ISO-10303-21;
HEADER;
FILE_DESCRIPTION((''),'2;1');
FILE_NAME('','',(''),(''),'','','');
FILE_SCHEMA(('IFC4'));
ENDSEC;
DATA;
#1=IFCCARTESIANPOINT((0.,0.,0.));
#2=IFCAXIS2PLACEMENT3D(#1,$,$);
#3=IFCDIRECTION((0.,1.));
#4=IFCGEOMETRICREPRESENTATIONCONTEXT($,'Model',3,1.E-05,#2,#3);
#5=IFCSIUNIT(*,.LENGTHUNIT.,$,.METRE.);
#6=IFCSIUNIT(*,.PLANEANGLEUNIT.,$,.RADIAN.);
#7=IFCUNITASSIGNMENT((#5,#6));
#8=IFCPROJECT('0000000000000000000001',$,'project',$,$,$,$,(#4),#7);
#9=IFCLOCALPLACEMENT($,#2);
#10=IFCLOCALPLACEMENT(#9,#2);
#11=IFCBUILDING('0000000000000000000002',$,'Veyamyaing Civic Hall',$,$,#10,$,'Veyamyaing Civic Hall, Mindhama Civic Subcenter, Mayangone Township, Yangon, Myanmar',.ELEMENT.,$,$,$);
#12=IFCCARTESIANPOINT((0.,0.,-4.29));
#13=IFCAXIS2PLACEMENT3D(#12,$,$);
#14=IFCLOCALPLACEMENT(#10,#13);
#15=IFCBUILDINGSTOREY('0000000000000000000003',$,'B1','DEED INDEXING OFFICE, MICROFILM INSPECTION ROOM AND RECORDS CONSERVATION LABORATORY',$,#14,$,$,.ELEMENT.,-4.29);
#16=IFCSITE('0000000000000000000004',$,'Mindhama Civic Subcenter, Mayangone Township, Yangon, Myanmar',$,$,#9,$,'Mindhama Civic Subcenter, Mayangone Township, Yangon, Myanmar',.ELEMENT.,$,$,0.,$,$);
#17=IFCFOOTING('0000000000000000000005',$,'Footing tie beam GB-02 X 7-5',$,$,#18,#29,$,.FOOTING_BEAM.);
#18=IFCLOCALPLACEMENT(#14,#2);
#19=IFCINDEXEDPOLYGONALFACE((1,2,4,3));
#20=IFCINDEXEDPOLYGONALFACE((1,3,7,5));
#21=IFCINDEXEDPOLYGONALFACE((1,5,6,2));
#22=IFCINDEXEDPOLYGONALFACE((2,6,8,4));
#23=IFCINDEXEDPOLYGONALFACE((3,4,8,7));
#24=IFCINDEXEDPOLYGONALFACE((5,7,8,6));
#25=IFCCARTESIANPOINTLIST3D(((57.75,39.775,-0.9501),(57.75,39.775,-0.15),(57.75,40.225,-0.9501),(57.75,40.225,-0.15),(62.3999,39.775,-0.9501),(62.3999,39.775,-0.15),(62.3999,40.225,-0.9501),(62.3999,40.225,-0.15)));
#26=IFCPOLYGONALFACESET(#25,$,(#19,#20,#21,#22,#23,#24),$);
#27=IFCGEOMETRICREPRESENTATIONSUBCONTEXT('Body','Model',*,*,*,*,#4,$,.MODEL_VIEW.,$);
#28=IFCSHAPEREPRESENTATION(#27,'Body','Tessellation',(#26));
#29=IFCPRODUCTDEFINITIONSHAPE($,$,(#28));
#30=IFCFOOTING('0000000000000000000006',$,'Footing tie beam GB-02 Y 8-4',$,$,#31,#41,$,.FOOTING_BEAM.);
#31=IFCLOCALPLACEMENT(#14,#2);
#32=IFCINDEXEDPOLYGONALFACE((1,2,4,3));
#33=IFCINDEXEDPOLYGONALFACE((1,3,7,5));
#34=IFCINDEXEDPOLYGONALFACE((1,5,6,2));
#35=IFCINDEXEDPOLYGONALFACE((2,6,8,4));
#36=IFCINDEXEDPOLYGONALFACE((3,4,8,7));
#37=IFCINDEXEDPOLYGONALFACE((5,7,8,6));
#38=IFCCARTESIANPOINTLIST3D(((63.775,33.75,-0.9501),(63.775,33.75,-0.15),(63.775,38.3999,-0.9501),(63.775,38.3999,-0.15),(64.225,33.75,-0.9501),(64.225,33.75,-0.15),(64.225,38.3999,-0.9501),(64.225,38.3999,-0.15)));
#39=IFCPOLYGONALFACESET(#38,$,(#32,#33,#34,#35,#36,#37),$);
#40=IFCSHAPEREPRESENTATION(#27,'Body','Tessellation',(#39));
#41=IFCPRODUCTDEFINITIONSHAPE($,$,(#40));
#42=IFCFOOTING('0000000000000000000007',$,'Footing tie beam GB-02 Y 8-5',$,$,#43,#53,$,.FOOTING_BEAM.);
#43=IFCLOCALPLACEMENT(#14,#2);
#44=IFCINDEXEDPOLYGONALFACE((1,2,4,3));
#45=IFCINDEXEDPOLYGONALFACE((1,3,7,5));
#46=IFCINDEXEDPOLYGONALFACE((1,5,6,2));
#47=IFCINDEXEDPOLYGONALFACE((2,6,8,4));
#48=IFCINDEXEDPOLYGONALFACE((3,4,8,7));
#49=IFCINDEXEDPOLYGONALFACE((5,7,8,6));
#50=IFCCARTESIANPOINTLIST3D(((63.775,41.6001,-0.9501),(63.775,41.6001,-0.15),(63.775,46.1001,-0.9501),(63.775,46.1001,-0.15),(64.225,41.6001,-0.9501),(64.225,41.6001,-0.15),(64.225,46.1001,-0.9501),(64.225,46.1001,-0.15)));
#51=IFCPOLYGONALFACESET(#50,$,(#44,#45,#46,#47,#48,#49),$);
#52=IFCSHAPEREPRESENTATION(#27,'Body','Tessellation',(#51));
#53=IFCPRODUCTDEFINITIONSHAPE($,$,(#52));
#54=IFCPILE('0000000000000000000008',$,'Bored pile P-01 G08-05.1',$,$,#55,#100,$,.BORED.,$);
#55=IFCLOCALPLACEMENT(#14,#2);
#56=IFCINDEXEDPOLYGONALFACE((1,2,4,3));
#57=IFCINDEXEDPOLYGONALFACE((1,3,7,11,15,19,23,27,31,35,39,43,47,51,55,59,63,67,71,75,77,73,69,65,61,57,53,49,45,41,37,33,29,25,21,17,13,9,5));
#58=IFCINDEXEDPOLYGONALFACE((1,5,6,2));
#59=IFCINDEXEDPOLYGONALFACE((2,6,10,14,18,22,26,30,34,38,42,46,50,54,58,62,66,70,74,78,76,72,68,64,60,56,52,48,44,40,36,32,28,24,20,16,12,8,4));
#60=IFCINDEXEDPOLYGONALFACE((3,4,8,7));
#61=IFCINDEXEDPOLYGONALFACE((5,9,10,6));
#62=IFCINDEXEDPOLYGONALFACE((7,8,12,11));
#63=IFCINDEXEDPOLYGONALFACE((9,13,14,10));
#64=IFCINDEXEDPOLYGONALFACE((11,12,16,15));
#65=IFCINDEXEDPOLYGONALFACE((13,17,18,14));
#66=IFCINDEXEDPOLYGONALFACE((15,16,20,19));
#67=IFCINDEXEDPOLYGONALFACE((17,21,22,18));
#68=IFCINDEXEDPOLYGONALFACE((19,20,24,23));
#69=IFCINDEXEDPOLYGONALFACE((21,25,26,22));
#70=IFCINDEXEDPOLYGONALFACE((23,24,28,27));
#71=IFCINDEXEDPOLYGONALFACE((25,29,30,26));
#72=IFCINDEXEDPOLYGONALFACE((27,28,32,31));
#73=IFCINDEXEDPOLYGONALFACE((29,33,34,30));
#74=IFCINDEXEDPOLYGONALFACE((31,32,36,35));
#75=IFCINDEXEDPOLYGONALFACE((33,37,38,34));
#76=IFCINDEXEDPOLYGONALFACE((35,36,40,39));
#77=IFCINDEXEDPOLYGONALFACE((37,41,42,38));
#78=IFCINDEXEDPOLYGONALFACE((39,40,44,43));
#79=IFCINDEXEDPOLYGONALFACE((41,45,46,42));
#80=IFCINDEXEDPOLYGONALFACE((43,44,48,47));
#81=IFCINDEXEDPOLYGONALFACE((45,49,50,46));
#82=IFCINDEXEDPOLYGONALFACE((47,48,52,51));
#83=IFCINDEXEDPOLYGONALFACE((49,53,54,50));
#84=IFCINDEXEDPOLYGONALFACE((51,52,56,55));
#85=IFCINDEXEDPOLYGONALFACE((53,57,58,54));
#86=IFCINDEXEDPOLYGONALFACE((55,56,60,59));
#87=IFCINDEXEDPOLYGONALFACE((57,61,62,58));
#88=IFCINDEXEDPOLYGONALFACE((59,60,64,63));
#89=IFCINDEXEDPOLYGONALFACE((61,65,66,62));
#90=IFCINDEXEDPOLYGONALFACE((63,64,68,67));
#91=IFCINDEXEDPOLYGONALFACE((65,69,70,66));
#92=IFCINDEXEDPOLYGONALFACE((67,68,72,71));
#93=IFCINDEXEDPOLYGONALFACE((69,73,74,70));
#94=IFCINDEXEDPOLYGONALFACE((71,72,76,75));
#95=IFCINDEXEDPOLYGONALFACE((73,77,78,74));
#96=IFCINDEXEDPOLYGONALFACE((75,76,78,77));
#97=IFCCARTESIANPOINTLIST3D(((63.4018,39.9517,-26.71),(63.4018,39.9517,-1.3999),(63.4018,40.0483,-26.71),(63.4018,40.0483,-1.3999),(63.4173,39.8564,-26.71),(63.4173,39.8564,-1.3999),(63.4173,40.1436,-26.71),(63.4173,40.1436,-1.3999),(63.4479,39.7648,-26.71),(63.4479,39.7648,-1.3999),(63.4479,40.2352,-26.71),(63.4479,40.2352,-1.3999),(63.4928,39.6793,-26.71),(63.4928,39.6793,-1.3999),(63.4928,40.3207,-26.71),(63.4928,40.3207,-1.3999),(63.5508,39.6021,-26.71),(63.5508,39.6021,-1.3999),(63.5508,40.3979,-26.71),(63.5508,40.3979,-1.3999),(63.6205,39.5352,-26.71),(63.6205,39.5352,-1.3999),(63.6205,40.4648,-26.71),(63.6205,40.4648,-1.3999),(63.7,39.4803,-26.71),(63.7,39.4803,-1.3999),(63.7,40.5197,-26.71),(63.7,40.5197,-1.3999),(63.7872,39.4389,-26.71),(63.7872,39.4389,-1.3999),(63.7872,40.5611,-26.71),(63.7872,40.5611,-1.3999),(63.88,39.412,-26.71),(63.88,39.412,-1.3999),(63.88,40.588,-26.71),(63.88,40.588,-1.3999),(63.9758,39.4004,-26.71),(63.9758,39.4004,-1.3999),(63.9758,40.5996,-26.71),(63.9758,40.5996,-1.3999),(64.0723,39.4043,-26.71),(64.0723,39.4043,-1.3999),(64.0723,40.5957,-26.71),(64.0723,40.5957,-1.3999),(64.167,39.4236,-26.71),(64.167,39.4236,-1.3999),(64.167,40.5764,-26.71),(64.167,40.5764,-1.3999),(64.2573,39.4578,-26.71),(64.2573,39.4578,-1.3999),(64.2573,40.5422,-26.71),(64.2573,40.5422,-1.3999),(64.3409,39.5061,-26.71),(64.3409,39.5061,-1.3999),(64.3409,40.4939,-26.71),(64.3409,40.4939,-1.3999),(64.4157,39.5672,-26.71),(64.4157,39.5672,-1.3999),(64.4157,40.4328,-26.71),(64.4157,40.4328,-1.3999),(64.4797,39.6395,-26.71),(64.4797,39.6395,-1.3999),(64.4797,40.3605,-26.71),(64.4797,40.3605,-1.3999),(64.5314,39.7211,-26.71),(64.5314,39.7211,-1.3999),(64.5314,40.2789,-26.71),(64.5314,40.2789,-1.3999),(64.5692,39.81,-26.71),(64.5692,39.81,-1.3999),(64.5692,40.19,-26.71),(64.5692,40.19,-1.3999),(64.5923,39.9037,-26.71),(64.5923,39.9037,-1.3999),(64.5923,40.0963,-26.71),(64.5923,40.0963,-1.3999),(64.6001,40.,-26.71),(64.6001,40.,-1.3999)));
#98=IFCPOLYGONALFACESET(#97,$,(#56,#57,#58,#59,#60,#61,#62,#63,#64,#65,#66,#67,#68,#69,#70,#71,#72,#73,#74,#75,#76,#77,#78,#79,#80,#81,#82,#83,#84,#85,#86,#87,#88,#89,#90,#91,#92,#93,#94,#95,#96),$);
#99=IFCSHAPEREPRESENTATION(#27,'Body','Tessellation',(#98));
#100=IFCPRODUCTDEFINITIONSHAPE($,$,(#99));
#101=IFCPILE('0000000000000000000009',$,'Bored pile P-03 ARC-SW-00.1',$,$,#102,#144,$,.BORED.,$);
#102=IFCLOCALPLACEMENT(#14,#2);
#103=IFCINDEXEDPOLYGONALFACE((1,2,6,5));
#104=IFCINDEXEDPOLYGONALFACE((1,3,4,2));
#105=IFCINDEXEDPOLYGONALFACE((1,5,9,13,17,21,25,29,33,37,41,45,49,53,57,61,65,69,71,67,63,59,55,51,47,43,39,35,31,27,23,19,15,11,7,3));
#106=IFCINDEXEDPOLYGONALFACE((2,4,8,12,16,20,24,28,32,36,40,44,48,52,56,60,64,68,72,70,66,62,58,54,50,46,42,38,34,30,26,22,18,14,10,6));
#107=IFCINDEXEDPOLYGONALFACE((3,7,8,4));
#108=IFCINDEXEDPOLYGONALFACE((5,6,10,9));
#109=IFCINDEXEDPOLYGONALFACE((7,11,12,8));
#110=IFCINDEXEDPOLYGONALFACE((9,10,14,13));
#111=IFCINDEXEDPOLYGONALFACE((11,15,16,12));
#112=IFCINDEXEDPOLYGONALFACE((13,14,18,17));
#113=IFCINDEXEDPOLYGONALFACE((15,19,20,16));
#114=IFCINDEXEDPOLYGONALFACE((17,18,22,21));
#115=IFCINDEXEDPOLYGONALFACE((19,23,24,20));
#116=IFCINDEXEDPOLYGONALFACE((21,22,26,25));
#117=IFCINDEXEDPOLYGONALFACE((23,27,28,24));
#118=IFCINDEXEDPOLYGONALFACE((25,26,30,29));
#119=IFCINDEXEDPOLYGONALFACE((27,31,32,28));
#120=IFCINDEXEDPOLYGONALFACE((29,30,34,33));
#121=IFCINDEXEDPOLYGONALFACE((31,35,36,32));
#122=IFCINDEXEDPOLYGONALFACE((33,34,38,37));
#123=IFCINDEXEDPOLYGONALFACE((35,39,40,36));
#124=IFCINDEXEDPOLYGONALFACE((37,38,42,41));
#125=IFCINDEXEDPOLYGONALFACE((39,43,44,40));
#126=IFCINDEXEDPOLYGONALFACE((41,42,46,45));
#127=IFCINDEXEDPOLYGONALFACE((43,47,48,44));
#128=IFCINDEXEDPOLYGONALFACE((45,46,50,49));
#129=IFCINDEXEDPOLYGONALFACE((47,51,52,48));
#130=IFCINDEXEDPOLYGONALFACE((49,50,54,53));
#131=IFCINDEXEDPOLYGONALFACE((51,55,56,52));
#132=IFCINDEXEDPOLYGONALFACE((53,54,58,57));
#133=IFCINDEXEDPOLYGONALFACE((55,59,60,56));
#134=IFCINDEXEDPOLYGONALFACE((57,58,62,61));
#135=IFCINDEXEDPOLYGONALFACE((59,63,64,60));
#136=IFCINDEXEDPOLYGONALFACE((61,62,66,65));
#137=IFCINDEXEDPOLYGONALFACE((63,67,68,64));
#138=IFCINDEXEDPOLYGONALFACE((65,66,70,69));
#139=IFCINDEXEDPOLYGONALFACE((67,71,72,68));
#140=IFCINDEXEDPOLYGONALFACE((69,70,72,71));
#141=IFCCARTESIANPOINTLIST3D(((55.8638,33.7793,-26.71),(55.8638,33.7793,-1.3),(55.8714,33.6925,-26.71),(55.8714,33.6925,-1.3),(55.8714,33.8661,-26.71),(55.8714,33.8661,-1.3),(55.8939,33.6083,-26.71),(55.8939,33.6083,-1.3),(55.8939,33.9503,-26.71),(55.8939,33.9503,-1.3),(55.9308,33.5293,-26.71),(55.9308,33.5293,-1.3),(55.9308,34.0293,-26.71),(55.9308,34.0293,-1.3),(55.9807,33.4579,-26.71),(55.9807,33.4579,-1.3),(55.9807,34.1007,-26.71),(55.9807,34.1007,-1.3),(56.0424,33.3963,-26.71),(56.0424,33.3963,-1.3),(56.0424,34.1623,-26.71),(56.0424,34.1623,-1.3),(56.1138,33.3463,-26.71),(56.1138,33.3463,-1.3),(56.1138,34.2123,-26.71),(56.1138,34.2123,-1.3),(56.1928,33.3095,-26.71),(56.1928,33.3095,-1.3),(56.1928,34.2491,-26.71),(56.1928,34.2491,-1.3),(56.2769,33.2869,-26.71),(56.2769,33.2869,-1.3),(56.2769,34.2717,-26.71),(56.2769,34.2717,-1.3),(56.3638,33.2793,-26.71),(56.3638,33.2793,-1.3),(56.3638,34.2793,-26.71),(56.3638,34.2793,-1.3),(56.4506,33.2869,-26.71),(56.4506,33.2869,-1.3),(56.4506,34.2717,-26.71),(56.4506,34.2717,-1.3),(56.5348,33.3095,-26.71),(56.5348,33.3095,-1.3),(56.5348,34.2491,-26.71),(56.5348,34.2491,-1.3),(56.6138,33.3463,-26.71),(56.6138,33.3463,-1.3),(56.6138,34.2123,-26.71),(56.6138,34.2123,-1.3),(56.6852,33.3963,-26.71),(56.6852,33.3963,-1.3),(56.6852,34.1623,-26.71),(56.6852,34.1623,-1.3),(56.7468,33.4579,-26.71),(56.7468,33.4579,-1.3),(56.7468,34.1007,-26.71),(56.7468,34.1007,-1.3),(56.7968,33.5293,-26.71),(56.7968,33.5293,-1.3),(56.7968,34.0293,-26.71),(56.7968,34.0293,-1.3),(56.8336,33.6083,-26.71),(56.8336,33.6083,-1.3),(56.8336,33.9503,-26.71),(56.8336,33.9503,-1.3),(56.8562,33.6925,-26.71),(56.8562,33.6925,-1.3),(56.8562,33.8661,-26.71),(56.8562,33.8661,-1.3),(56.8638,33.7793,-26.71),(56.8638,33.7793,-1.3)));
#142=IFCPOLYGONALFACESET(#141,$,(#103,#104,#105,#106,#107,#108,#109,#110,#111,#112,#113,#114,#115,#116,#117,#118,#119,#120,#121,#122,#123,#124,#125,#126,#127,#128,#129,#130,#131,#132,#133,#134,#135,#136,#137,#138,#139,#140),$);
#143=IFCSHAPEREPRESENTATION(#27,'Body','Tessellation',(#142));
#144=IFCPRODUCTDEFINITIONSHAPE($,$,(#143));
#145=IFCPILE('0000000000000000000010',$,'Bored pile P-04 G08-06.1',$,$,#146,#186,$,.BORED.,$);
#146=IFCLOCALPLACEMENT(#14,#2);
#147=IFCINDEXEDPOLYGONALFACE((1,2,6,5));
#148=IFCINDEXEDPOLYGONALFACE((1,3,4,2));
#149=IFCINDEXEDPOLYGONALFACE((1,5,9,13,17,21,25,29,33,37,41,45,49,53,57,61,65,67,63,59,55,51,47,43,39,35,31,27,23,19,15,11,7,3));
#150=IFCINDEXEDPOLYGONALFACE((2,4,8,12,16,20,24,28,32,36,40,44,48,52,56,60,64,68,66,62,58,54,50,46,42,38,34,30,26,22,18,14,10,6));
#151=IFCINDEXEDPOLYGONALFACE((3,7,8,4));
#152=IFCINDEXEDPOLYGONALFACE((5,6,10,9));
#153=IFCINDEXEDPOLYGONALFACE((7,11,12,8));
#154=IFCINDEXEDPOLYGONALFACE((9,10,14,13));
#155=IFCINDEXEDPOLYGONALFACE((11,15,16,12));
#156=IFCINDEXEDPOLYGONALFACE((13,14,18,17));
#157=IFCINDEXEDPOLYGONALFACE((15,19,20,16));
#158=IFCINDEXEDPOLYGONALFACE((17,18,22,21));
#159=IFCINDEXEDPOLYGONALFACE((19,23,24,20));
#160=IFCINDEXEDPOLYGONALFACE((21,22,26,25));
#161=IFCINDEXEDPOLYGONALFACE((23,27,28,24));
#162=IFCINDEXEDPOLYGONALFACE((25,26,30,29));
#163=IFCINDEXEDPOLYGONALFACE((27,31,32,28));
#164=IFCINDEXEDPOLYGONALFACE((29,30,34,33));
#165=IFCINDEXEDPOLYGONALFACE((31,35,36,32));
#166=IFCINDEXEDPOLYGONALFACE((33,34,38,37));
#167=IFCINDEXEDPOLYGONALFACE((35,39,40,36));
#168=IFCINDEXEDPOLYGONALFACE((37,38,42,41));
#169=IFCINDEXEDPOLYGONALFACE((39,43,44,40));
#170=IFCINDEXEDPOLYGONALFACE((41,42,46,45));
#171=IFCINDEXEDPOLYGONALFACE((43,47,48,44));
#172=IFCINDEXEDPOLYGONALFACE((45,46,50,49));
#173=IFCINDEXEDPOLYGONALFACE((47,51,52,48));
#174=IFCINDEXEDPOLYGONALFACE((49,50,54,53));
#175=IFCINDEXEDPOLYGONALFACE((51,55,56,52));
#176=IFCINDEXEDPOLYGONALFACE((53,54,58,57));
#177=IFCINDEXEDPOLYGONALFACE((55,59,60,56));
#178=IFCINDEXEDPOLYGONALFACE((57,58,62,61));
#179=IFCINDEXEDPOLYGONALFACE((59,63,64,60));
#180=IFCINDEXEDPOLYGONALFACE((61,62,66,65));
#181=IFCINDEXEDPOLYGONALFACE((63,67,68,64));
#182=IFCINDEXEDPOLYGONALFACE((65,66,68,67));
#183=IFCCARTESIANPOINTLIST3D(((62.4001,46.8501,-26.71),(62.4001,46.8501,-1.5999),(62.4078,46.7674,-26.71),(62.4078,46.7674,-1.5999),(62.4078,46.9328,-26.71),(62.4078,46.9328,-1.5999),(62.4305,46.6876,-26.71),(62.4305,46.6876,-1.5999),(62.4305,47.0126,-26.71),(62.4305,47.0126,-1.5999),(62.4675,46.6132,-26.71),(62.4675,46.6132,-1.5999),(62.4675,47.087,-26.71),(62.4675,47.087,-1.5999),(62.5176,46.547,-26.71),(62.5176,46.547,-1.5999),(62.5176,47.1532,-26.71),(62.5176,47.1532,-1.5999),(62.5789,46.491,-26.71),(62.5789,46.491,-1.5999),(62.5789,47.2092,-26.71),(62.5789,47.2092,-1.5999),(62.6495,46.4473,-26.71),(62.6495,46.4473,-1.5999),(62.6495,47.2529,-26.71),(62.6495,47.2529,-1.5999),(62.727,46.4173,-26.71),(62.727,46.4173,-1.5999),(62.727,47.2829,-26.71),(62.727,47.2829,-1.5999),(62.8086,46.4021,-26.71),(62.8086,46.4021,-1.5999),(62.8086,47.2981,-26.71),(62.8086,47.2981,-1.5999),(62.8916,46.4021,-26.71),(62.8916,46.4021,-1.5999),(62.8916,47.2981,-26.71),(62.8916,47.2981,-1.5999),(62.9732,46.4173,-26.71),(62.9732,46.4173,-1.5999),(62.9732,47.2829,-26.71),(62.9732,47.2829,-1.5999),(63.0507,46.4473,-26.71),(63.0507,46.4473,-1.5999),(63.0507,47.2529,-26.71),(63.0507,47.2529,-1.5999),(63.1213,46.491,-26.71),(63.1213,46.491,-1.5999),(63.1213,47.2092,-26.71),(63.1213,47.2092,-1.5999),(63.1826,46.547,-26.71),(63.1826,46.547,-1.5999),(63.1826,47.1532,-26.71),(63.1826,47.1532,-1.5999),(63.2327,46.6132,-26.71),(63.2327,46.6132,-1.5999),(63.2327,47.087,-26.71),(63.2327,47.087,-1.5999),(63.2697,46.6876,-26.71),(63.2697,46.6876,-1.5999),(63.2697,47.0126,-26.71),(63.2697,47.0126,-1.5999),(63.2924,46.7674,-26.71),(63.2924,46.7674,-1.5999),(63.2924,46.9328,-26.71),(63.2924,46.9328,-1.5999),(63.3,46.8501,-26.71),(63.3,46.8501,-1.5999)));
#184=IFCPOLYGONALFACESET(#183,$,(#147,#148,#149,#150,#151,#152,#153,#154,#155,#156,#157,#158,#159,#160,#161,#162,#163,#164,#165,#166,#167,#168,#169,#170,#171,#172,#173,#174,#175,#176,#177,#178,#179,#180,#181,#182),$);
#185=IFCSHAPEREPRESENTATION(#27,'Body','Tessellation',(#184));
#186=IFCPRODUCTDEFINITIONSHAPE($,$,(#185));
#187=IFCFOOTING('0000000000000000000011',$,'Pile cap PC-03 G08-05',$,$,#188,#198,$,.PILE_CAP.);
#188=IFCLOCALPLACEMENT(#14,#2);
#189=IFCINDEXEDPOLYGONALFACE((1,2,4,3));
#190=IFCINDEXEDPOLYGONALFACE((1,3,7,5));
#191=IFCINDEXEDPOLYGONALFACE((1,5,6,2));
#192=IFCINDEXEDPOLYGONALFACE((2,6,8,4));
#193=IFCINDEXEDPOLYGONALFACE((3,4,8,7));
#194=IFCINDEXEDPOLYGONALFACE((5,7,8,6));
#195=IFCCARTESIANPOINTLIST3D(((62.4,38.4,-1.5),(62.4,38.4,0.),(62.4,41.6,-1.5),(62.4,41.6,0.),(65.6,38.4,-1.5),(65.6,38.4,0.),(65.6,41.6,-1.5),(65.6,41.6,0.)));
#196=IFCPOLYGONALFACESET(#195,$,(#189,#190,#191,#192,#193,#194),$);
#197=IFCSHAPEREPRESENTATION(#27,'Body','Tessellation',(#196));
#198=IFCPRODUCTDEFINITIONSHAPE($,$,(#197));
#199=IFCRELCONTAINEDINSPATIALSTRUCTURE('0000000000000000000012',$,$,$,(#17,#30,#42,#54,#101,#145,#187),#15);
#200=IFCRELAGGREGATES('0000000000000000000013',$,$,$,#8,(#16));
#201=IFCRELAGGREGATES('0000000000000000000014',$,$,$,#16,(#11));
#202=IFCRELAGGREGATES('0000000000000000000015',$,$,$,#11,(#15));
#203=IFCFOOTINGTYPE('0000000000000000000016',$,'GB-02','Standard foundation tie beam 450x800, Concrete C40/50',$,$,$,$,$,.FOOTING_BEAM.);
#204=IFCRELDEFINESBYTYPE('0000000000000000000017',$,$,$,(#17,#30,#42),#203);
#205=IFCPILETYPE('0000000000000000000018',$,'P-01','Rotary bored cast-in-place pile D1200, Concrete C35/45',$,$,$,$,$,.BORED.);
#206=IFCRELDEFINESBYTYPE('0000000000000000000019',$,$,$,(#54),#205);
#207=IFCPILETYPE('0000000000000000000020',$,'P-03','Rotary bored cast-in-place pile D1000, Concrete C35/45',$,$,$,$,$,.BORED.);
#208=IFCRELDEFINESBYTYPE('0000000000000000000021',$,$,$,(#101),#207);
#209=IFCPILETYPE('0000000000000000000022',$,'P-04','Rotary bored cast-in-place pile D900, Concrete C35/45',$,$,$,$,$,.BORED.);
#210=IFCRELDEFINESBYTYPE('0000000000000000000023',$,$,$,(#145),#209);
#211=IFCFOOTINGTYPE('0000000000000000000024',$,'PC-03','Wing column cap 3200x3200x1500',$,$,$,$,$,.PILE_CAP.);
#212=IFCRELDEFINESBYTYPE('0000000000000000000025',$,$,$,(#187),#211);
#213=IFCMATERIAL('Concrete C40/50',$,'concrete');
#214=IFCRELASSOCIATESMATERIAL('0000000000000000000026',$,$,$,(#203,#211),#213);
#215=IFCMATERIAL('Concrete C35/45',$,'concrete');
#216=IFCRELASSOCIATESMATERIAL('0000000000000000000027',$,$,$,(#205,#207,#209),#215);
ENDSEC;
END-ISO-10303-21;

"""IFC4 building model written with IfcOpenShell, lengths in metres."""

from ifc_helpers import new_model, si_unit, direction, frame, origin, origin_2d, place, context, subcontext, project, spatial, rectangle, circle, extrude, material, material_profile, profile_set, type_object, element, save


model = new_model("IFC4")

# Units and contexts
model_context = context("Model", 3, precision=1e-05, world=origin(), true_north=direction((0.0, 1.0)))
body_context = subcontext(model_context, "Body", "Model", "MODEL_VIEW")
ifc_project = project(units=[si_unit("LENGTHUNIT", "METRE"), si_unit("PLANEANGLEUNIT", "RADIAN")], contexts=[model_context])

# Site, building, storey
site_placement = place(None, origin())
site = spatial("IfcSite", under=ifc_project, at=site_placement, Name="Mindhama Civic Subcenter, Mayangone Township, Yangon, Myanmar", LongName="Mindhama Civic Subcenter, Mayangone Township, Yangon, Myanmar", CompositionType="ELEMENT", RefElevation=0.0)
building_placement = place(site_placement, origin())
building = spatial("IfcBuilding", under=site, at=building_placement, Name="Veyamyaing Civic Hall", LongName="Veyamyaing Civic Hall, Mindhama Civic Subcenter, Mayangone Township, Yangon, Myanmar", CompositionType="ELEMENT")
storey_placement = place(building_placement, frame((0.0, 0.0, -4.29)))
storey = spatial("IfcBuildingStorey", under=building, at=storey_placement, Name="B1", Description="DEED INDEXING OFFICE, MICROFILM INSPECTION ROOM AND RECORDS CONSERVATION LABORATORY", CompositionType="ELEMENT", Elevation=-4.29)

# Footings
ifc_material_1 = material(Name="Concrete C40/50", Category="concrete")
ifc_material_profile_1 = material_profile(ifc_material_1, rectangle(XDim=0.45, YDim=0.8, at=origin_2d()), Name="GB-450X800")
ifc_profile_set_1 = profile_set([ifc_material_profile_1], Name="Concrete C40/50")
footing_type_1 = type_object("IfcFootingType", Name="GB-02", Description="Standard foundation tie beam 450x800, Concrete C40/50", PredefinedType="FOOTING_BEAM", material=ifc_profile_set_1)
for number, where, z_axis, x_axis, name in (
    (1, (57.75, 40.0, -0.55), (1.0, 0.0, 0.0), (0.0, 1.0, 0.0), "Footing tie beam GB-02 X 7-5"),
    (2, (64.0, 33.75, -0.55), (0.0, 1.0, 0.0), (-1.0, 0.0, 0.0), "Footing tie beam GB-02 Y 8-4"),
):
    element("IfcFooting", number, at=place(storey_placement, frame(where, z_axis=z_axis, x_axis=x_axis)), inside=storey, type_object=footing_type_1, Name=name, PredefinedType="FOOTING_BEAM", context=body_context, shape_type="SweptSolid", body=[
        extrude(rectangle(XDim=0.45, YDim=0.8, at=origin_2d()), origin(), (0.0, 0.0, 1.0), 4.6499),
    ])
footing_1_placement = place(storey_placement, frame((64.0, 41.6001, -0.55), z_axis=(0.0, 1.0, 0.0), x_axis=(-1.0, 0.0, 0.0)))
element("IfcFooting", 3, at=footing_1_placement, inside=storey, type_object=footing_type_1, Name="Footing tie beam GB-02 Y 8-5", PredefinedType="FOOTING_BEAM", context=body_context, shape_type="SweptSolid", body=[
    extrude(rectangle(XDim=0.45, YDim=0.8, at=origin_2d()), origin(), (0.0, 0.0, 1.0), 4.5),
])

# Piles
ifc_material_2 = material(Name="Concrete C35/45", Category="concrete")
ifc_material_profile_2 = material_profile(ifc_material_2, circle(Radius=0.6001, at=origin_2d()), Name="PILE-D1200")
ifc_profile_set_2 = profile_set([ifc_material_profile_2], Name="Concrete C35/45")
pile_type_1 = type_object("IfcPileType", Name="P-01", Description="Rotary bored cast-in-place pile D1200, Concrete C35/45", PredefinedType="BORED", material=ifc_profile_set_2)
pile_1_placement = place(storey_placement, frame((64.0, 40.0, -1.3999), z_axis=(0.0, 0.0, -1.0), x_axis=(1.0, 0.0, 0.0)))
element("IfcPile", 4, at=pile_1_placement, inside=storey, type_object=pile_type_1, Name="Bored pile P-01 G08-05.1", PredefinedType="BORED", context=body_context, shape_type="SweptSolid", body=[
    extrude(circle(Radius=0.6001, at=origin_2d()), origin(), (0.0, 0.0, 1.0), 25.3101),
])
ifc_material_profile_3 = material_profile(ifc_material_2, circle(Radius=0.5, at=origin_2d()), Name="PILE-D1000")
ifc_profile_set_3 = profile_set([ifc_material_profile_3], Name="Concrete C35/45")
pile_type_2 = type_object("IfcPileType", Name="P-03", Description="Rotary bored cast-in-place pile D1000, Concrete C35/45", PredefinedType="BORED", material=ifc_profile_set_3)
pile_2_placement = place(storey_placement, frame((56.3638, 33.7793, -1.3), z_axis=(0.0, 0.0, -1.0), x_axis=(1.0, 0.0, 0.0)))
element("IfcPile", 5, at=pile_2_placement, inside=storey, type_object=pile_type_2, Name="Bored pile P-03 ARC-SW-00.1", PredefinedType="BORED", context=body_context, shape_type="SweptSolid", body=[
    extrude(circle(Radius=0.5, at=origin_2d()), origin(), (0.0, 0.0, 1.0), 25.4099),
])
ifc_material_profile_4 = material_profile(ifc_material_2, circle(Radius=0.45, at=origin_2d()), Name="PILE-D900")
ifc_profile_set_4 = profile_set([ifc_material_profile_4], Name="Concrete C35/45")
pile_type_3 = type_object("IfcPileType", Name="P-04", Description="Rotary bored cast-in-place pile D900, Concrete C35/45", PredefinedType="BORED", material=ifc_profile_set_4)
pile_3_placement = place(storey_placement, frame((62.8501, 46.8501, -1.5999), z_axis=(0.0, 0.0, -1.0), x_axis=(1.0, 0.0, 0.0)))
element("IfcPile", 6, at=pile_3_placement, inside=storey, type_object=pile_type_3, Name="Bored pile P-04 G08-06.1", PredefinedType="BORED", context=body_context, shape_type="SweptSolid", body=[
    extrude(circle(Radius=0.45, at=origin_2d()), origin(), (0.0, 0.0, 1.0), 25.1101),
])

# Footing
footing_type_2 = type_object("IfcFootingType", Name="PC-03", Description="Wing column cap 3200x3200x1500", PredefinedType="PILE_CAP", material=ifc_material_1)
footing_2_placement = place(storey_placement, frame((64.0, 40.0, -1.5), z_axis=(0.0, 0.0, 1.0), x_axis=(1.0, 0.0, 0.0)))
element("IfcFooting", 7, at=footing_2_placement, inside=storey, type_object=footing_type_2, Name="Pile cap PC-03 G08-05", PredefinedType="PILE_CAP", context=body_context, shape_type="SweptSolid", body=[
    extrude(rectangle(XDim=3.2, YDim=3.2, at=origin_2d()), origin(), (0.0, 0.0, 1.0), 1.5),
])

save(model, "model.ifc")
